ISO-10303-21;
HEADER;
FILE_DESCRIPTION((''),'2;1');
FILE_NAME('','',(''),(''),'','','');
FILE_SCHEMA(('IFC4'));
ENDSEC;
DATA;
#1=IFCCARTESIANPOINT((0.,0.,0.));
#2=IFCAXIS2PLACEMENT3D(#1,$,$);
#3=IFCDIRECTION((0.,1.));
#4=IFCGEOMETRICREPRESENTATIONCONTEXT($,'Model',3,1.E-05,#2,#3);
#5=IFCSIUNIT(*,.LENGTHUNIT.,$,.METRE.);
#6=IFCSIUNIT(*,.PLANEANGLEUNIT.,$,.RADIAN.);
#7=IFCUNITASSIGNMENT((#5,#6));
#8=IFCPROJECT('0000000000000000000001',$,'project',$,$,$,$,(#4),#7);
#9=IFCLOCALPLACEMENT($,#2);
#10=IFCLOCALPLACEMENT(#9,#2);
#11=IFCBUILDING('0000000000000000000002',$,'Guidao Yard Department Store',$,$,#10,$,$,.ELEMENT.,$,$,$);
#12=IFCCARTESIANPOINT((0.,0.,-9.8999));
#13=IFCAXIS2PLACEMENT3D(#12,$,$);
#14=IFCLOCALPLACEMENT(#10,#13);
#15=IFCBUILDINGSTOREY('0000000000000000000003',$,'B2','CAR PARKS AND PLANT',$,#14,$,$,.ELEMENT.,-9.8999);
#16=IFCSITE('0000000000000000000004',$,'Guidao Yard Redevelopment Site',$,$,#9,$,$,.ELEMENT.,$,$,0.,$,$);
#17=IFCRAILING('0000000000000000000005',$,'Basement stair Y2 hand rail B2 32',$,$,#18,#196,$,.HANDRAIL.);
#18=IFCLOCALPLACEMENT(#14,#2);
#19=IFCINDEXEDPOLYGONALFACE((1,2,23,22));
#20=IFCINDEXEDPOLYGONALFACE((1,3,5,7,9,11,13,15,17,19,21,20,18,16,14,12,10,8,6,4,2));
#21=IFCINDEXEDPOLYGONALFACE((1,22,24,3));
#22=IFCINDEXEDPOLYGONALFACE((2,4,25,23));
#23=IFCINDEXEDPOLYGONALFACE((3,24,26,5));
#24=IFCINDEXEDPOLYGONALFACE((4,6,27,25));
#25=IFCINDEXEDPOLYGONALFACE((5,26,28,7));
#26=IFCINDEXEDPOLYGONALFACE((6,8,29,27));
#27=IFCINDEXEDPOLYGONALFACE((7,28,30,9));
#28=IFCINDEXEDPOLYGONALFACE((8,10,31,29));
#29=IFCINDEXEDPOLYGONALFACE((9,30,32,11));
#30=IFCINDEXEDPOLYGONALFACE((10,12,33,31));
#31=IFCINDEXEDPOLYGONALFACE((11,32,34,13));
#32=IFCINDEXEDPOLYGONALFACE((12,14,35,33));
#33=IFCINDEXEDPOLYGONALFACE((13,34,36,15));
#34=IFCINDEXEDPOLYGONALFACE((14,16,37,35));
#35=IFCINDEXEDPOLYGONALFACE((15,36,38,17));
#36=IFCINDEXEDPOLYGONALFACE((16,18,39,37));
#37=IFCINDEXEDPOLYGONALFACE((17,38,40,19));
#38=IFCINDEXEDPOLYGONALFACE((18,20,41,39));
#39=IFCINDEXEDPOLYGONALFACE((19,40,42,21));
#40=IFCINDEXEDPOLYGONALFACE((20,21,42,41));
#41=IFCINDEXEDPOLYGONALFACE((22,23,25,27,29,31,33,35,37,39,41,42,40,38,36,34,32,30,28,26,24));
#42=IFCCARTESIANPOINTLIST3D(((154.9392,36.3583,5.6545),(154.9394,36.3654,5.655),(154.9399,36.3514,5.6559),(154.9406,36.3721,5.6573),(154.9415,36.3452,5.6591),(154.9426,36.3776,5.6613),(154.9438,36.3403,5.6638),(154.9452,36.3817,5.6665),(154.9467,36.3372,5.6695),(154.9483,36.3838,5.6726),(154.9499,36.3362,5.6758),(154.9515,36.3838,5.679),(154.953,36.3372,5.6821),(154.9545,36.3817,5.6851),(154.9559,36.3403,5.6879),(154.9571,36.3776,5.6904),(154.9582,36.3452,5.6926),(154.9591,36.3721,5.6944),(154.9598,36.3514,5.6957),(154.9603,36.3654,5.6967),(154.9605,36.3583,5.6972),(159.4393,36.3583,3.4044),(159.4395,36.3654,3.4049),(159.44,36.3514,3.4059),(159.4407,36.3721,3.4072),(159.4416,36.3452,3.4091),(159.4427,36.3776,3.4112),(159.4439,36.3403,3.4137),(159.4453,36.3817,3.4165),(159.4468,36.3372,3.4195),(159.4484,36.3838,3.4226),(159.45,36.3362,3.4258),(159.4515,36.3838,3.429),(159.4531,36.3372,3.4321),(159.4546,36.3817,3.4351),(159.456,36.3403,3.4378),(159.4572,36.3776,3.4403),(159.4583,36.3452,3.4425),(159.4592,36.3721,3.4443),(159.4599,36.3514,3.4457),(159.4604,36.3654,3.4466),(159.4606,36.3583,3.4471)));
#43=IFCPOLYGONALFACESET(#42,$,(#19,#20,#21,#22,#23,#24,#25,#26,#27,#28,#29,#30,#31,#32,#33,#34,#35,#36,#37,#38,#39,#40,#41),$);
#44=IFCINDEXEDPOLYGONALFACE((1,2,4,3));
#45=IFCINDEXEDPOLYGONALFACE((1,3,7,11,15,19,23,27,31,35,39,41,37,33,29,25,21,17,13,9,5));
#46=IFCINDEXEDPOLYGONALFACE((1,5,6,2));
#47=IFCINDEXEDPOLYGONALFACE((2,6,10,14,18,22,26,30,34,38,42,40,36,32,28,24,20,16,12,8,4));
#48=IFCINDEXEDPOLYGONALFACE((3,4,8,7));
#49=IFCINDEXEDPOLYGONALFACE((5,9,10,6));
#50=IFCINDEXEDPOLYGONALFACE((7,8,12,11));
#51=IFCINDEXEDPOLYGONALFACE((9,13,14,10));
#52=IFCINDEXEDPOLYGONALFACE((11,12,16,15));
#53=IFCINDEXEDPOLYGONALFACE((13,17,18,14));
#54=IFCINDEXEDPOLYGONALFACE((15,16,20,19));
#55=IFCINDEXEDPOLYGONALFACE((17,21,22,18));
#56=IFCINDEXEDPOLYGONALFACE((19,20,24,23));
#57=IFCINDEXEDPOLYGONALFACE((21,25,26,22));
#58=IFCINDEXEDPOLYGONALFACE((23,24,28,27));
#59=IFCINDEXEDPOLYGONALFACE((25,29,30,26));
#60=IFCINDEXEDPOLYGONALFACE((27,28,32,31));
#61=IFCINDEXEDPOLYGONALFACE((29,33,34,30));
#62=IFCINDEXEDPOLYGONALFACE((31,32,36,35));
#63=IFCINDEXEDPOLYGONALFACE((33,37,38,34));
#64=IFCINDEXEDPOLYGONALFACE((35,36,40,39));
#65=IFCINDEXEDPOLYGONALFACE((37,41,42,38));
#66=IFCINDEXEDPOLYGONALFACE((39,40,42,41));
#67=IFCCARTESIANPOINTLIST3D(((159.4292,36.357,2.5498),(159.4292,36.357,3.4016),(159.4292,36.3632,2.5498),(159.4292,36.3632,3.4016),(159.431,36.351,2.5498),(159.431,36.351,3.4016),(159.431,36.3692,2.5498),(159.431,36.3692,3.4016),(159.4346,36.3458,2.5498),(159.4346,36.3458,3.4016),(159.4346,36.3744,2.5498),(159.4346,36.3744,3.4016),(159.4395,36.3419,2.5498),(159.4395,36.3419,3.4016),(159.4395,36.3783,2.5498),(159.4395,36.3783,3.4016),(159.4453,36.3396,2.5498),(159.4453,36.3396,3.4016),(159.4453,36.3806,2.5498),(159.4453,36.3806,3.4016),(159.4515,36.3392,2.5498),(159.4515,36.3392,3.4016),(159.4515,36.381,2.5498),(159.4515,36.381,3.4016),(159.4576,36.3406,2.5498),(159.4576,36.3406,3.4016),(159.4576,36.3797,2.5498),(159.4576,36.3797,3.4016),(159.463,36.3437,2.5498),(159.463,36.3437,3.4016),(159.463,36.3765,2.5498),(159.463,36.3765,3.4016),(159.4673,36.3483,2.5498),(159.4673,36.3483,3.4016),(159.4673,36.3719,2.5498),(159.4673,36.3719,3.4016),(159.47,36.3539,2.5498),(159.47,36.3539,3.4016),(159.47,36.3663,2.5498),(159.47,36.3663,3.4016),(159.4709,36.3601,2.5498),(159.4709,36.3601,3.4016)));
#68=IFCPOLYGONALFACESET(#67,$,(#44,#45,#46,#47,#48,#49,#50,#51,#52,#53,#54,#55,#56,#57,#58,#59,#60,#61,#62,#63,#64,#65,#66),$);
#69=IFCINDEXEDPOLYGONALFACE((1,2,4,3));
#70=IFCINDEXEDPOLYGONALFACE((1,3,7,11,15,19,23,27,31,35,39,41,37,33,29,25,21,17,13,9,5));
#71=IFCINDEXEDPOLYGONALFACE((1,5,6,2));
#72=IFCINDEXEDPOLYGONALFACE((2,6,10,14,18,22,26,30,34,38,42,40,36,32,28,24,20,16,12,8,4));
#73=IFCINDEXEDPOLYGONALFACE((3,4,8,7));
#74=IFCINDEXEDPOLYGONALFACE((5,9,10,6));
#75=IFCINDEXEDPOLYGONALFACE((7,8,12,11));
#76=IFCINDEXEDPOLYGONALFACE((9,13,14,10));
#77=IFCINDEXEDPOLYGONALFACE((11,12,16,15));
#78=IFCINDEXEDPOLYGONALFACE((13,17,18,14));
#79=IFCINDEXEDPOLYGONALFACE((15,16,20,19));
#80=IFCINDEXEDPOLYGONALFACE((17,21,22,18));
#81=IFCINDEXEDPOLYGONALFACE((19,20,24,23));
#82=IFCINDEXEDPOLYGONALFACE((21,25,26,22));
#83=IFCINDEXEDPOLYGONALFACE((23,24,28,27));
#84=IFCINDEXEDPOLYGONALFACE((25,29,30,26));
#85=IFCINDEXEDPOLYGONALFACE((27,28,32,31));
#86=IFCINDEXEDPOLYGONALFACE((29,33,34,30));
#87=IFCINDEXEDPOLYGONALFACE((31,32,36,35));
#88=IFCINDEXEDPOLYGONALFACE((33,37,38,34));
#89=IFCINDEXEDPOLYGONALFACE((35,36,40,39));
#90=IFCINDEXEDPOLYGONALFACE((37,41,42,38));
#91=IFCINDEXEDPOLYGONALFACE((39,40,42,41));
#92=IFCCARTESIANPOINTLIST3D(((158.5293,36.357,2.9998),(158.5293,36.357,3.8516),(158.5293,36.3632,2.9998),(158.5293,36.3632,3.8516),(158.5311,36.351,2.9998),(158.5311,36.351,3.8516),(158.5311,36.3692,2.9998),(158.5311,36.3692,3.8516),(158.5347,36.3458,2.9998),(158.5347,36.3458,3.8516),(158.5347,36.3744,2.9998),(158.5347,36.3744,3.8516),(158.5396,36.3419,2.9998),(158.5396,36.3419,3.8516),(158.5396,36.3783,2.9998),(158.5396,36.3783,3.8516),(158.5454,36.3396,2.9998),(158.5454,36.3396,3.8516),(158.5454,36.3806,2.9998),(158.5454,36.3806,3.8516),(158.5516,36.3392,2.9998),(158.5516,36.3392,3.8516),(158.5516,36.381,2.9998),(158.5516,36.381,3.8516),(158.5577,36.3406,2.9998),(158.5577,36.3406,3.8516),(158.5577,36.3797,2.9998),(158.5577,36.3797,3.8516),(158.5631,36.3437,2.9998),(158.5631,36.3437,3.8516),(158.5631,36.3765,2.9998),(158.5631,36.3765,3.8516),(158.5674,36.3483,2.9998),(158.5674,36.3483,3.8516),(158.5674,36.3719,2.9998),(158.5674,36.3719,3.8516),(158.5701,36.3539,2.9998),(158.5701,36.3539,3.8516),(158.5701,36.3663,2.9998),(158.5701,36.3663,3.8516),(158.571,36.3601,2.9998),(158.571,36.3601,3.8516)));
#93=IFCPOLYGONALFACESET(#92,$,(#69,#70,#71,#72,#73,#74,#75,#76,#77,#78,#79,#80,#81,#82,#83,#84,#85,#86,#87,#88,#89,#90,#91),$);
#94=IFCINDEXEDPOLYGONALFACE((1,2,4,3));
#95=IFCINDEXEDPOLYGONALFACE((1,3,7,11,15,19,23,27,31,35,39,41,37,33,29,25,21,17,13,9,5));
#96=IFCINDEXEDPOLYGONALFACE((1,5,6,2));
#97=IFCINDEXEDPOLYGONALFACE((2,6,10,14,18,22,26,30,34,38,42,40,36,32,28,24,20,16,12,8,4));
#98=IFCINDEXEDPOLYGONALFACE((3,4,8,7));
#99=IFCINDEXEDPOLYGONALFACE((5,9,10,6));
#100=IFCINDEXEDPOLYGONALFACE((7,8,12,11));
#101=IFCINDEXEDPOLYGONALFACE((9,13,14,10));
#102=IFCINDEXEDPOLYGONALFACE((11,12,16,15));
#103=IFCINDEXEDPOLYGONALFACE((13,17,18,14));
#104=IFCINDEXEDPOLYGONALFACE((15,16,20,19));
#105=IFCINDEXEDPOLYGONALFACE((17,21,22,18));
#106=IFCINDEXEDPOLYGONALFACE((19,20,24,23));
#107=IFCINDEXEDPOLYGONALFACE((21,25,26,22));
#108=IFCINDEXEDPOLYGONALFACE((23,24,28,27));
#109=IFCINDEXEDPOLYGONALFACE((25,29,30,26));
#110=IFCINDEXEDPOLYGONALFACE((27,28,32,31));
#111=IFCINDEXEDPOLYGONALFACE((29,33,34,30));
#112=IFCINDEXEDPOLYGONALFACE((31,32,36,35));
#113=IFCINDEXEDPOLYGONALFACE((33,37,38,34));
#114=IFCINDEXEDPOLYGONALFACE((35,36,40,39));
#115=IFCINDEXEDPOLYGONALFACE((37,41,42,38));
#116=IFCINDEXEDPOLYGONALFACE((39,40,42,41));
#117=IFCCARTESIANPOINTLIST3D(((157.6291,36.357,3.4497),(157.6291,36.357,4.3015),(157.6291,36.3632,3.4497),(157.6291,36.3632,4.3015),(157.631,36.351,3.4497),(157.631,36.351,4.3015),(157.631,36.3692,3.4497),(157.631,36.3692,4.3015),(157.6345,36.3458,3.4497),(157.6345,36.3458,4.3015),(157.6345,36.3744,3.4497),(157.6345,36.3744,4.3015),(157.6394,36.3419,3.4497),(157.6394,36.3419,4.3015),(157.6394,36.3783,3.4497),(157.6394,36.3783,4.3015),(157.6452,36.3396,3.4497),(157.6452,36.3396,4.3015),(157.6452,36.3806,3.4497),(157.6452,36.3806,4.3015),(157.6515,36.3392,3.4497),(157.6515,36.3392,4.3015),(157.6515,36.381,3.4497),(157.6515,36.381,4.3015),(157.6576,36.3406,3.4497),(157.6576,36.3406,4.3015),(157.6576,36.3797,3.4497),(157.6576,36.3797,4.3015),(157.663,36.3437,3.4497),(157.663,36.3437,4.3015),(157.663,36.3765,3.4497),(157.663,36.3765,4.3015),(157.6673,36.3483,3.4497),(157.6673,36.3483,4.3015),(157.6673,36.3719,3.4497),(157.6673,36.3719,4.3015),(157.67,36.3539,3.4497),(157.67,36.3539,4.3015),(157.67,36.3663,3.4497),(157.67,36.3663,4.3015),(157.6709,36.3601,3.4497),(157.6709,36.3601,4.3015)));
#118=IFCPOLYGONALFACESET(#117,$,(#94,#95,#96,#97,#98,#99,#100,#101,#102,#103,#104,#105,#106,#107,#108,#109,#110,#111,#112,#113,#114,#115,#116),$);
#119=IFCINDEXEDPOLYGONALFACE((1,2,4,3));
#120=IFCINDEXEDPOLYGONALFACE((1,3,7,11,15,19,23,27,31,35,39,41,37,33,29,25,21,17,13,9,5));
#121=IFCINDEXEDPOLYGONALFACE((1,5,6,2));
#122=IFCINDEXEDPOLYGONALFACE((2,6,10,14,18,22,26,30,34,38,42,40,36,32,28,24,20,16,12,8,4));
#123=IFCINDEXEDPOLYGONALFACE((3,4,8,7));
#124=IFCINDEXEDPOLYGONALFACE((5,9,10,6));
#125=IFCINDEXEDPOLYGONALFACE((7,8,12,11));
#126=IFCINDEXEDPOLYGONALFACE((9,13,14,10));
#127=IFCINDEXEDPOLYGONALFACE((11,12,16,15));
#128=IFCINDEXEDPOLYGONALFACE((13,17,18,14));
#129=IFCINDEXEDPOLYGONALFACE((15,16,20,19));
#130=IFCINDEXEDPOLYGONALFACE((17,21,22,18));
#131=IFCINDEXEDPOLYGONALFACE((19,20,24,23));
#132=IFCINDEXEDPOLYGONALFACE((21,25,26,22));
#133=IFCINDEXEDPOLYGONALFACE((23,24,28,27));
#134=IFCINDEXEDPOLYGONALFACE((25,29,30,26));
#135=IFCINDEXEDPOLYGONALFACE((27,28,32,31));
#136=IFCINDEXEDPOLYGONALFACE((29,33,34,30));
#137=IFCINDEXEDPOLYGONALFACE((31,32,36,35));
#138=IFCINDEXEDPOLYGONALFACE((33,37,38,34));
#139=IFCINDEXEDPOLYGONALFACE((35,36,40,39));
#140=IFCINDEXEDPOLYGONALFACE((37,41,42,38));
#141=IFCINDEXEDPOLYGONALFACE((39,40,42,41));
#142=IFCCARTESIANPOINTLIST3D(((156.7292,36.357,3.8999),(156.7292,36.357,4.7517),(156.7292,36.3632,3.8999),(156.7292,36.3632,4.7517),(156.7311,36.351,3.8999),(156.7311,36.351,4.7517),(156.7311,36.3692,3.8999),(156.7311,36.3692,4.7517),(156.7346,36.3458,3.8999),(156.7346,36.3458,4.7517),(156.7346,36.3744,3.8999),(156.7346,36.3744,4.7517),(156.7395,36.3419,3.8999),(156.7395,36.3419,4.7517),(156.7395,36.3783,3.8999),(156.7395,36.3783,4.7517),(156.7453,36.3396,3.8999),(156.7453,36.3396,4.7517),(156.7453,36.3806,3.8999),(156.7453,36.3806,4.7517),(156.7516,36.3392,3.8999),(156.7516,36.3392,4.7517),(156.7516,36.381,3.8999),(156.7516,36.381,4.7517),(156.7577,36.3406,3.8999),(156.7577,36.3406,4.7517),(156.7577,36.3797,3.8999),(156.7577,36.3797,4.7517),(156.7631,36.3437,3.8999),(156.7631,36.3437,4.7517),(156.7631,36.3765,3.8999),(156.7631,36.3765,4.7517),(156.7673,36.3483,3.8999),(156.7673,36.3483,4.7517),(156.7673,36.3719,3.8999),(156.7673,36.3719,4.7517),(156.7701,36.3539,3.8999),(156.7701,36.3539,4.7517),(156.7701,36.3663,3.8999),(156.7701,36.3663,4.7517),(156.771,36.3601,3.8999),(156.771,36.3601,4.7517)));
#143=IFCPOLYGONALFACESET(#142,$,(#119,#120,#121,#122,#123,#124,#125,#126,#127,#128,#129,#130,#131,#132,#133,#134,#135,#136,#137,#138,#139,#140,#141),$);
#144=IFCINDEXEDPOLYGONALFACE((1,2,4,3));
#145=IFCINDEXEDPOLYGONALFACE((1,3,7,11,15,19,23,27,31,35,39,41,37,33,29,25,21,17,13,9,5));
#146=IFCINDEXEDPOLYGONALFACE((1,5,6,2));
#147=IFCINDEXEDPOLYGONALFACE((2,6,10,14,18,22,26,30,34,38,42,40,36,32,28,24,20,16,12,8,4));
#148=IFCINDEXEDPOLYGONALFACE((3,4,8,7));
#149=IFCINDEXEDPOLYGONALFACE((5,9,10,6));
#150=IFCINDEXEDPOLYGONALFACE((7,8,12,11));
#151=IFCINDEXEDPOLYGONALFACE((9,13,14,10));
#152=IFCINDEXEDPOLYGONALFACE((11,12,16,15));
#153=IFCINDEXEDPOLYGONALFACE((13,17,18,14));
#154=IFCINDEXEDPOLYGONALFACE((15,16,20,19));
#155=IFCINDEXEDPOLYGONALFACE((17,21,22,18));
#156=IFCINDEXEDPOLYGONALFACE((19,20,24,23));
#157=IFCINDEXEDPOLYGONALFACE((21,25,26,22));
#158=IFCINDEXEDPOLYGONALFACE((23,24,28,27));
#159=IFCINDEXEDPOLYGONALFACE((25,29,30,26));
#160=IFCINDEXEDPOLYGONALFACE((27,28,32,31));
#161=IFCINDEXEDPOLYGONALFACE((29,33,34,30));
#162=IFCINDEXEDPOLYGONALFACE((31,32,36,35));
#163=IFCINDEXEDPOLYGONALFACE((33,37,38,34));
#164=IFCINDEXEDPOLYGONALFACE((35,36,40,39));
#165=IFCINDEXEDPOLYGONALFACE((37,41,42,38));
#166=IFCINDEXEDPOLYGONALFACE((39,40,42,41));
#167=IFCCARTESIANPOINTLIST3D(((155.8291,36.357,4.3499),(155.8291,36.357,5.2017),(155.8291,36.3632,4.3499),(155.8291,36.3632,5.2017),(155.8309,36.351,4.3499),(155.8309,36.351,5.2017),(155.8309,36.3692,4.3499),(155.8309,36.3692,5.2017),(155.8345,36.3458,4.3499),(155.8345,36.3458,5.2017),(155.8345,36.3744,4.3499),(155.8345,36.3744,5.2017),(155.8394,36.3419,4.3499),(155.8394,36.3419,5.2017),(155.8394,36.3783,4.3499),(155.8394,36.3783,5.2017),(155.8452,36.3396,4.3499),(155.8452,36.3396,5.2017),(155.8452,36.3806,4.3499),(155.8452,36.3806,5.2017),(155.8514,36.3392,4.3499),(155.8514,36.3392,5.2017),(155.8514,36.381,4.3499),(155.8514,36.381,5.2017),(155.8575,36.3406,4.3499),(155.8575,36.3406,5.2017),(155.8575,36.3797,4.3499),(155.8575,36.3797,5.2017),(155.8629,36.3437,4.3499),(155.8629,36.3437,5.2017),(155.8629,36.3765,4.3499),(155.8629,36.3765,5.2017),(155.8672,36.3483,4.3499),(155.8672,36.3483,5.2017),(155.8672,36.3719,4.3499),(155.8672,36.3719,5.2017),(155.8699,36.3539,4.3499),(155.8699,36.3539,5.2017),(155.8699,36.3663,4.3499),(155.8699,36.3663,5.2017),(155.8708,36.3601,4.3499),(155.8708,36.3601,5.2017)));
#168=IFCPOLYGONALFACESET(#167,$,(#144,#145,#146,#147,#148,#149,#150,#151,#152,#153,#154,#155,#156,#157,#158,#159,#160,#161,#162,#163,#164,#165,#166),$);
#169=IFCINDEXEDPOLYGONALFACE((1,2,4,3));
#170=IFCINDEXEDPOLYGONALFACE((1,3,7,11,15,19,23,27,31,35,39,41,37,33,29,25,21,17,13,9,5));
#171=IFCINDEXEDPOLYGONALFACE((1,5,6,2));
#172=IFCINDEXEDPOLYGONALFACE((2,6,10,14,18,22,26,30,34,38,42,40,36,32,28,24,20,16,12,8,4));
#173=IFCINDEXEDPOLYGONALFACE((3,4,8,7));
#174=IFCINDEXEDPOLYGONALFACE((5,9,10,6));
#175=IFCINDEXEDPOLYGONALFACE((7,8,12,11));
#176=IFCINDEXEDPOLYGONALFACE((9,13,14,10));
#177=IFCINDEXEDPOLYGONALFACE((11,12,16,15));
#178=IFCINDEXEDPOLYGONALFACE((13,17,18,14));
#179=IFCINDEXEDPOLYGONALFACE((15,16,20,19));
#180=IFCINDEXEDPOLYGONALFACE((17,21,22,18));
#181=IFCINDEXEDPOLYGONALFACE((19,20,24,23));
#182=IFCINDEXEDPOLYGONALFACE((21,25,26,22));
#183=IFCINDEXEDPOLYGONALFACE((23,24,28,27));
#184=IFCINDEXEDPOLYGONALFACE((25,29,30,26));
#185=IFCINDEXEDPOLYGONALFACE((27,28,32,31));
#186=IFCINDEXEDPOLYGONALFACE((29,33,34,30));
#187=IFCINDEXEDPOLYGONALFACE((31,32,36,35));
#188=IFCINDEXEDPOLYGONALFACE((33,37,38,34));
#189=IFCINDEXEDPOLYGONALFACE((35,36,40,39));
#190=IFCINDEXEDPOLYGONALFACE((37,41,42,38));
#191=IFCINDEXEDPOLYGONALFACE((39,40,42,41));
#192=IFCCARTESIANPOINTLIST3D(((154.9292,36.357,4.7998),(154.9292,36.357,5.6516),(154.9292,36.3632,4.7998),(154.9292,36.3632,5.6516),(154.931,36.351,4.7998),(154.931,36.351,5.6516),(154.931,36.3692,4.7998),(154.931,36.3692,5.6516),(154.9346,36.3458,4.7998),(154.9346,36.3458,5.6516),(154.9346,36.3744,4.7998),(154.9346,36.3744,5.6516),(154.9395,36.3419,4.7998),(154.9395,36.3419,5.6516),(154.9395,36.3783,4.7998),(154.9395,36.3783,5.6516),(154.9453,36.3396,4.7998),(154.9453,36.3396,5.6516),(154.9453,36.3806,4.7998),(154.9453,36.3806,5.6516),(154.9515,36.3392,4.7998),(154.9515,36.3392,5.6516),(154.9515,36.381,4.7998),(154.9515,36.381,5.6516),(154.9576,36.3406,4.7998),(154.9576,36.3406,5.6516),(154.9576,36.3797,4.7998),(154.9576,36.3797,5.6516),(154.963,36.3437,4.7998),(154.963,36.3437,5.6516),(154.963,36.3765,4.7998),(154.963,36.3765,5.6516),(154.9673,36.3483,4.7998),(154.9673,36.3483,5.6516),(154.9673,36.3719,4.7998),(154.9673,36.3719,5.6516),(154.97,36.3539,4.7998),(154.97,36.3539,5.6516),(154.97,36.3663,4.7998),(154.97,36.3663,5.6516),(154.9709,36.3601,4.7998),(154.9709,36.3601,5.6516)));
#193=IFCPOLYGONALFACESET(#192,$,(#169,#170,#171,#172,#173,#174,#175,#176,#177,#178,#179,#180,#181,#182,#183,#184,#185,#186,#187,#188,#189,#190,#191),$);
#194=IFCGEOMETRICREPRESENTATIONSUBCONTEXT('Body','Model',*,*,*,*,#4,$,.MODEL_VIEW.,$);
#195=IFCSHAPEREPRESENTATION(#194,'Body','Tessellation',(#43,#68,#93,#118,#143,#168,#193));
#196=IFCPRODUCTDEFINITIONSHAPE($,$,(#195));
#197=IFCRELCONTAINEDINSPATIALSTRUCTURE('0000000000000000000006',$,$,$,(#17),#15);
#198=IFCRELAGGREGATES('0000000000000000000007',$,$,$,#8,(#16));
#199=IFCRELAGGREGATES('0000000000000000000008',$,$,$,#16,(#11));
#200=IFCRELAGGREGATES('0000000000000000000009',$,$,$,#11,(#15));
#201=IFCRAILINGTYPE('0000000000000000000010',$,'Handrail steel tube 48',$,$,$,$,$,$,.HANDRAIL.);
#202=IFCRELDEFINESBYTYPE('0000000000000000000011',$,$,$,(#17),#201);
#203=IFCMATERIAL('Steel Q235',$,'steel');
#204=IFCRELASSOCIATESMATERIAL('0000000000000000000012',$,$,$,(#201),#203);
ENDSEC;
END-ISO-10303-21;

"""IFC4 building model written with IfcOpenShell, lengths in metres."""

from ifc_helpers import new_model, si_unit, direction, frame, origin, origin_2d, place, context, subcontext, project, spatial, circle, extrude, material, type_object, element, save


model = new_model("IFC4")

# Units and contexts
model_context = context("Model", 3, precision=1e-05, world=origin(), true_north=direction((0.0, 1.0)))
body_context = subcontext(model_context, "Body", "Model", "MODEL_VIEW")
ifc_project = project(units=[si_unit("LENGTHUNIT", "METRE"), si_unit("PLANEANGLEUNIT", "RADIAN")], contexts=[model_context])

# Site, building, storey
site_placement = place(None, origin())
site = spatial("IfcSite", under=ifc_project, at=site_placement, Name="Guidao Yard Redevelopment Site", CompositionType="ELEMENT", RefElevation=0.0)
building_placement = place(site_placement, origin())
building = spatial("IfcBuilding", under=site, at=building_placement, Name="Guidao Yard Department Store", CompositionType="ELEMENT")
storey_placement = place(building_placement, frame((0.0, 0.0, -9.8999)))
storey = spatial("IfcBuildingStorey", under=building, at=storey_placement, Name="B2", Description="CAR PARKS AND PLANT", CompositionType="ELEMENT", Elevation=-9.8999)

# Railing
ifc_material_1 = material(Name="Steel Q235", Category="steel")
railing_type_1 = type_object("IfcRailingType", Name="Handrail steel tube 48", PredefinedType="HANDRAIL", material=ifc_material_1)
for number, where, name in (
    (1, (159.45, 36.3601, 2.5498), "Basement stair Y2 hand rail B2 32"),
):
    element("IfcRailing", number, at=place(storey_placement, frame(where)), inside=storey, type_object=railing_type_1, Name=name, PredefinedType="HANDRAIL", context=body_context, shape_type="SweptSolid", body=[
        extrude(circle(Radius=0.0239, at=origin_2d()), frame((0.0, 0.0, 0.876), z_axis=(-0.894427, 0.0, 0.447214), x_axis=(0.0, -1.0, 0.0)), (0.0, 0.0, 1.0), 5.0312),
        extrude(circle(Radius=0.021, at=origin_2d()), origin(), (0.0, 0.0, 1.0), 0.8518),
        extrude(circle(Radius=0.021, at=origin_2d()), frame((-0.8999, 0.0, 0.45)), (0.0, 0.0, 1.0), 0.8518),
        extrude(circle(Radius=0.021, at=origin_2d()), frame((-1.8, 0.0, 0.8999)), (0.0, 0.0, 1.0), 0.8518),
        extrude(circle(Radius=0.021, at=origin_2d()), frame((-2.7, 0.0, 1.3501)), (0.0, 0.0, 1.0), 0.8518),
        extrude(circle(Radius=0.021, at=origin_2d()), frame((-3.6001, 0.0, 1.8)), (0.0, 0.0, 1.0), 0.8518),
        extrude(circle(Radius=0.021, at=origin_2d()), frame((-4.5, 0.0, 2.25)), (0.0, 0.0, 1.0), 0.8518),
    ])

save(model, "model.ifc")
